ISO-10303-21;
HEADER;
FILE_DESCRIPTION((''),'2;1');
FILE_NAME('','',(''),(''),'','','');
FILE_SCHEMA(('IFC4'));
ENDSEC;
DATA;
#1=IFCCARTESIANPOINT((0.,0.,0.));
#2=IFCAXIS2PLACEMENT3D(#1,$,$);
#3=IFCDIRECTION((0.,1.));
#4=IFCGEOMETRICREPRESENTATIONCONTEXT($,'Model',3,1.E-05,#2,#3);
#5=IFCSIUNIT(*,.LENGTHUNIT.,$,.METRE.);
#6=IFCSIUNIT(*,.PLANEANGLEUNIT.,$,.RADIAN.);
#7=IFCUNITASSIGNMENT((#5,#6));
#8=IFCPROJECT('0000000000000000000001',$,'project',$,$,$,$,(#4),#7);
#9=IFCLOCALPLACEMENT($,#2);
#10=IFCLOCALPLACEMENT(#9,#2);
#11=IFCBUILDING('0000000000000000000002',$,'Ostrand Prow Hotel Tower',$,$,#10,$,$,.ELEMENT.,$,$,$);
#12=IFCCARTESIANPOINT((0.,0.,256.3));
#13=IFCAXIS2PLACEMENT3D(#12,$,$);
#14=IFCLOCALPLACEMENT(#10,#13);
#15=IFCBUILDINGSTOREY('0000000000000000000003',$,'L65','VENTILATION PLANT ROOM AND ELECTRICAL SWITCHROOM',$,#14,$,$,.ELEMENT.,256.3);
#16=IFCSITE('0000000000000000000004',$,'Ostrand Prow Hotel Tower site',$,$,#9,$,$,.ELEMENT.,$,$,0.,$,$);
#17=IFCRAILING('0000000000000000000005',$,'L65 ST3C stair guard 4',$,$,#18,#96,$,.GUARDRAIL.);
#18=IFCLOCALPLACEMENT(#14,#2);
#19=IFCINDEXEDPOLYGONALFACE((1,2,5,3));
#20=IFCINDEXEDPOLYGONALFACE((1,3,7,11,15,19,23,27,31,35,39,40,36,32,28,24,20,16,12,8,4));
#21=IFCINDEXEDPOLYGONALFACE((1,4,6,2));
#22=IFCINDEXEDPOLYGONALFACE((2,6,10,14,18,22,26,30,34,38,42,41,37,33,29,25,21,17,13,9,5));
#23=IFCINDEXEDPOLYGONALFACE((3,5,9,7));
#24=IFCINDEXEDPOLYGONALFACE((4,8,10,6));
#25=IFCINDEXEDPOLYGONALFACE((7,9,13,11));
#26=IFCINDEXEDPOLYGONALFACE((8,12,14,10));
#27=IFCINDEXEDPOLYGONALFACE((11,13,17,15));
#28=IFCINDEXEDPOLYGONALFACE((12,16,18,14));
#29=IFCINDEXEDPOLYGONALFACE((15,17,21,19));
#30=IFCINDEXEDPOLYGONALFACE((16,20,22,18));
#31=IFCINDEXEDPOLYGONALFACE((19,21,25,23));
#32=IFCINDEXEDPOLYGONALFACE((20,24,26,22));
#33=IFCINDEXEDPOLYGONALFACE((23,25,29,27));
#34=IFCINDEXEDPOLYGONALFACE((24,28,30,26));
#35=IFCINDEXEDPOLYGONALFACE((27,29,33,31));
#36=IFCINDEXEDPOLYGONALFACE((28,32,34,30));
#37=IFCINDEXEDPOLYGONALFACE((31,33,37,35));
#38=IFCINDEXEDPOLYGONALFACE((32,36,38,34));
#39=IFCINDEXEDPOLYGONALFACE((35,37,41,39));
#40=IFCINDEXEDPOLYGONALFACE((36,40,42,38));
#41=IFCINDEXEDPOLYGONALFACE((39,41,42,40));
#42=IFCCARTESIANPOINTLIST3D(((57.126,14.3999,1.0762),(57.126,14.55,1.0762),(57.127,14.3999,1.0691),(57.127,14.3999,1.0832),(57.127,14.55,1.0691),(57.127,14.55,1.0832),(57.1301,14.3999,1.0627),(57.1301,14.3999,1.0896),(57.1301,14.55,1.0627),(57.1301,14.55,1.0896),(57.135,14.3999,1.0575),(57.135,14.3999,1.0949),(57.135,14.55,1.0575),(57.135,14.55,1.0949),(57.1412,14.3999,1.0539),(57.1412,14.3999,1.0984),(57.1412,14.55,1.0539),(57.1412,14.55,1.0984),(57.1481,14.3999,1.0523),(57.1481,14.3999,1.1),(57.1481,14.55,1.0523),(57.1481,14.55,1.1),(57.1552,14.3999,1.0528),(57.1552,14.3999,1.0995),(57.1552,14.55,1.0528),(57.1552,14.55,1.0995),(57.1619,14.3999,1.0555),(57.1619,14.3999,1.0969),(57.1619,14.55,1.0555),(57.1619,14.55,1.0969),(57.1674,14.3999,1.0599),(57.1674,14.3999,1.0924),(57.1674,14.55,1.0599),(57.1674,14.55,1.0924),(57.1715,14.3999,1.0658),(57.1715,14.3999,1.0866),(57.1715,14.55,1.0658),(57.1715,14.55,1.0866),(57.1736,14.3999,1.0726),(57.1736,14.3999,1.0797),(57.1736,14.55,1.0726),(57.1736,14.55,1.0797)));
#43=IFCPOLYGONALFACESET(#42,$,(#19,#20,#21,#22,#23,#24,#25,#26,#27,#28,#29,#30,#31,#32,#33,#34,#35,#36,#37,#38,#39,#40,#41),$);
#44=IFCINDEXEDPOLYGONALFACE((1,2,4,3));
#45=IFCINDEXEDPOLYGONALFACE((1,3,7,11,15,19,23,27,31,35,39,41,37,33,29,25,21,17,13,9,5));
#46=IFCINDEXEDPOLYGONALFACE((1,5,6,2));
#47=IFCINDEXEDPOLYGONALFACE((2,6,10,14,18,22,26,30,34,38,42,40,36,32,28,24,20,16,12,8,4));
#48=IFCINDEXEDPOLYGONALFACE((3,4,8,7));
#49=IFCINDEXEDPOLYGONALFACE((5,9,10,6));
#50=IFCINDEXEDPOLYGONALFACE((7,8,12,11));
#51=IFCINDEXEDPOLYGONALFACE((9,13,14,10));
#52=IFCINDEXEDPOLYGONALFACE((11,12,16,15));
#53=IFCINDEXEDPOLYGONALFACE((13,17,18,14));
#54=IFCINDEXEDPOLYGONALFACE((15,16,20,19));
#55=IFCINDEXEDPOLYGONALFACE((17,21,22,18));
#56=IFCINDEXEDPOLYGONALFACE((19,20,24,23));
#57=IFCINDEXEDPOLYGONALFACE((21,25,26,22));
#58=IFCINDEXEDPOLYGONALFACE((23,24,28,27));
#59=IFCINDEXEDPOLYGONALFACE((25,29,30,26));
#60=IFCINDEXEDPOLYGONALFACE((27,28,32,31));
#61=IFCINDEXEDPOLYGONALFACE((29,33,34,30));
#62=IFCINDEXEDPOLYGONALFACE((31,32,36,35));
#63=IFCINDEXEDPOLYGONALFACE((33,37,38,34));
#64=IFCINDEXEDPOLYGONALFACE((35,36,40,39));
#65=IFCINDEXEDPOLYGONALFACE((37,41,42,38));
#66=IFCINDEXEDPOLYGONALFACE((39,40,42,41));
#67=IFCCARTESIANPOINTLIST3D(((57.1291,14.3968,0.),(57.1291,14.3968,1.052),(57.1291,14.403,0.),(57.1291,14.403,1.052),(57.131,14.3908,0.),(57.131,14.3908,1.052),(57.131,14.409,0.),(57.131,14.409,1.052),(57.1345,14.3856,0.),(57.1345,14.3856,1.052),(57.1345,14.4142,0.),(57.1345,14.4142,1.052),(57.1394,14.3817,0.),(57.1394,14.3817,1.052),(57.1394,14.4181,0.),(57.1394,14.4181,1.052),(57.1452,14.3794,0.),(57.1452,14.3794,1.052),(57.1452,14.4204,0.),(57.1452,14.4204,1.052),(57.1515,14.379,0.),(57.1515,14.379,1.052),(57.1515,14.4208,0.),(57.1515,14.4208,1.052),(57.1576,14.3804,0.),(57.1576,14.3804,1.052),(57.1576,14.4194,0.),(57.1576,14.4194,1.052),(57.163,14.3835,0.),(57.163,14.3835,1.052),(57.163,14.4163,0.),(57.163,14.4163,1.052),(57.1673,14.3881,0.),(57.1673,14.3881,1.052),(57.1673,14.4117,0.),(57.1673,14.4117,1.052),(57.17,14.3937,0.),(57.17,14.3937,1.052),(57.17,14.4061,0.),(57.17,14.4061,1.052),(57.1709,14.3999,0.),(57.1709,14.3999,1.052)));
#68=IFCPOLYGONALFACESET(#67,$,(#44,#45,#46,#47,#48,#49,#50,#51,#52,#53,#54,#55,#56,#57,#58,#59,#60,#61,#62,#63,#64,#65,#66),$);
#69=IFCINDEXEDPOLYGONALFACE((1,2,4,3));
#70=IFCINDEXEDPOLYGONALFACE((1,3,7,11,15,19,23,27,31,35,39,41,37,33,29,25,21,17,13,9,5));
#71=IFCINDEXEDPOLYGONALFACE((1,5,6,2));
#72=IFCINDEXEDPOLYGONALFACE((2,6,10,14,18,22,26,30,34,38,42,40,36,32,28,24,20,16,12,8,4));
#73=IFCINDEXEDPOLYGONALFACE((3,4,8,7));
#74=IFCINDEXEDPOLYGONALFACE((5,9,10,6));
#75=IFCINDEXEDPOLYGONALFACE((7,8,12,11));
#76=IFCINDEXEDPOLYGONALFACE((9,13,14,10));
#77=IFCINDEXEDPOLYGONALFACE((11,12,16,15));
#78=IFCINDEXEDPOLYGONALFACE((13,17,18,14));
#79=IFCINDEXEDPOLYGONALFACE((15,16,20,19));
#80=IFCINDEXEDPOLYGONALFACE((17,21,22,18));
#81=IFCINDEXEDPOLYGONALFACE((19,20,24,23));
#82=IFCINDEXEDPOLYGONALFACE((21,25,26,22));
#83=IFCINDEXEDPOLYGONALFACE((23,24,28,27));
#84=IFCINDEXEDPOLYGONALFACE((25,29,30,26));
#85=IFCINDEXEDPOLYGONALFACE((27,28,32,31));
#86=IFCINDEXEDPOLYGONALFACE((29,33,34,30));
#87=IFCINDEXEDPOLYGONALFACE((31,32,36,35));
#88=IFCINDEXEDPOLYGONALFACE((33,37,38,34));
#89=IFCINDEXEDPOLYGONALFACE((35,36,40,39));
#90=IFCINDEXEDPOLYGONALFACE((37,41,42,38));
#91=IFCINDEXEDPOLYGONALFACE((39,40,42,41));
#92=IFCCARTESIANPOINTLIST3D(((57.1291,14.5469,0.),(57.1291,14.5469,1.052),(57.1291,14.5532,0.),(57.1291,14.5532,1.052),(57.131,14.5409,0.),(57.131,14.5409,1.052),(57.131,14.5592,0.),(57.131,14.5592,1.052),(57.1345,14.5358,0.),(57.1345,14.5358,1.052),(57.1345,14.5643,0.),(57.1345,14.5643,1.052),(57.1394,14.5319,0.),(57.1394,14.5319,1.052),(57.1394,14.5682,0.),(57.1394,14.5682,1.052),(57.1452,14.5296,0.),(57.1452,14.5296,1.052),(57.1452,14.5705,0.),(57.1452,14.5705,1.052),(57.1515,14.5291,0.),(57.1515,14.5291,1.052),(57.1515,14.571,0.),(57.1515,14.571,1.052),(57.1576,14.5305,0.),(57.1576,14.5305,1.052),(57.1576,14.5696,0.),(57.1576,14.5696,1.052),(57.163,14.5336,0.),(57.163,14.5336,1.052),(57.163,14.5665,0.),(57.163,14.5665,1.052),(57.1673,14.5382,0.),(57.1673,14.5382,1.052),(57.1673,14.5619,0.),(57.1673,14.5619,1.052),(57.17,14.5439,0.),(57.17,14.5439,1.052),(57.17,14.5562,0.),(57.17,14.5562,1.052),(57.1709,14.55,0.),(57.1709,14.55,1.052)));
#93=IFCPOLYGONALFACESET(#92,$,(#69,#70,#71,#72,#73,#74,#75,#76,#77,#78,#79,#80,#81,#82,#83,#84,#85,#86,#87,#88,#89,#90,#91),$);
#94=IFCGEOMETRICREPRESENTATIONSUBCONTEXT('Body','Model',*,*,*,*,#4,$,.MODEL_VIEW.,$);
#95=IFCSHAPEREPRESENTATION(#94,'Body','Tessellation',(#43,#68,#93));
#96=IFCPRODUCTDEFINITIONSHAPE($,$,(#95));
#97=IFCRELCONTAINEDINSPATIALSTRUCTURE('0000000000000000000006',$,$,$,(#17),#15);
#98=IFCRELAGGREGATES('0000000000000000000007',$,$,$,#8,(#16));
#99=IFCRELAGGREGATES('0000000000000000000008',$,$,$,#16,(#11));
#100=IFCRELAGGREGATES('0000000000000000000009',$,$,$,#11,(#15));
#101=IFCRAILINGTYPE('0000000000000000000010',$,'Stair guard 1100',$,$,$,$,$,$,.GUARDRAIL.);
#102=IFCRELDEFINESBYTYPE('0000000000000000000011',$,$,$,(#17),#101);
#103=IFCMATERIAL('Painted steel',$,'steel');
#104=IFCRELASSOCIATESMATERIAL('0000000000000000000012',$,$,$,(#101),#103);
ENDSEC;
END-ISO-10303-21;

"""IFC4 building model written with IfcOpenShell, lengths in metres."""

from ifc_helpers import new_model, si_unit, direction, frame, origin, origin_2d, place, context, subcontext, project, spatial, circle, extrude, material, type_object, element, save


model = new_model("IFC4")

# Units and contexts
model_context = context("Model", 3, precision=1e-05, world=origin(), true_north=direction((0.0, 1.0)))
body_context = subcontext(model_context, "Body", "Model", "MODEL_VIEW")
ifc_project = project(units=[si_unit("LENGTHUNIT", "METRE"), si_unit("PLANEANGLEUNIT", "RADIAN")], contexts=[model_context])

# Site, building, storey
site_placement = place(None, origin())
site = spatial("IfcSite", under=ifc_project, at=site_placement, Name="Ostrand Prow Hotel Tower site", CompositionType="ELEMENT", RefElevation=0.0)
building_placement = place(site_placement, origin())
building = spatial("IfcBuilding", under=site, at=building_placement, Name="Ostrand Prow Hotel Tower", CompositionType="ELEMENT")
storey_placement = place(building_placement, frame((0.0, 0.0, 256.3)))
storey = spatial("IfcBuildingStorey", under=building, at=storey_placement, Name="L65", Description="VENTILATION PLANT ROOM AND ELECTRICAL SWITCHROOM", CompositionType="ELEMENT", Elevation=256.3)

# Railing
ifc_material_1 = material(Name="Painted steel", Category="steel")
railing_type_1 = type_object("IfcRailingType", Name="Stair guard 1100", PredefinedType="GUARDRAIL", material=ifc_material_1)
railing_1_placement = place(storey_placement, frame((57.1499, 14.3999, 0.0)))
element("IfcRailing", 1, at=railing_1_placement, inside=storey, type_object=railing_type_1, Name="L65 ST3C stair guard 4", PredefinedType="GUARDRAIL", context=body_context, shape_type="SweptSolid", body=[
    extrude(circle(Radius=0.0239, at=origin_2d()), frame((0.0, 0.0, 1.0762), z_axis=(0.0, 1.0, 0.0), x_axis=(-1.0, 0.0, 0.0)), (0.0, 0.0, 1.0), 0.1501),
    extrude(circle(Radius=0.021, at=origin_2d()), origin(), (0.0, 0.0, 1.0), 1.052),
    extrude(circle(Radius=0.021, at=origin_2d()), frame((0.0, 0.1501, 0.0)), (0.0, 0.0, 1.0), 1.052),
])

save(model, "model.ifc")
